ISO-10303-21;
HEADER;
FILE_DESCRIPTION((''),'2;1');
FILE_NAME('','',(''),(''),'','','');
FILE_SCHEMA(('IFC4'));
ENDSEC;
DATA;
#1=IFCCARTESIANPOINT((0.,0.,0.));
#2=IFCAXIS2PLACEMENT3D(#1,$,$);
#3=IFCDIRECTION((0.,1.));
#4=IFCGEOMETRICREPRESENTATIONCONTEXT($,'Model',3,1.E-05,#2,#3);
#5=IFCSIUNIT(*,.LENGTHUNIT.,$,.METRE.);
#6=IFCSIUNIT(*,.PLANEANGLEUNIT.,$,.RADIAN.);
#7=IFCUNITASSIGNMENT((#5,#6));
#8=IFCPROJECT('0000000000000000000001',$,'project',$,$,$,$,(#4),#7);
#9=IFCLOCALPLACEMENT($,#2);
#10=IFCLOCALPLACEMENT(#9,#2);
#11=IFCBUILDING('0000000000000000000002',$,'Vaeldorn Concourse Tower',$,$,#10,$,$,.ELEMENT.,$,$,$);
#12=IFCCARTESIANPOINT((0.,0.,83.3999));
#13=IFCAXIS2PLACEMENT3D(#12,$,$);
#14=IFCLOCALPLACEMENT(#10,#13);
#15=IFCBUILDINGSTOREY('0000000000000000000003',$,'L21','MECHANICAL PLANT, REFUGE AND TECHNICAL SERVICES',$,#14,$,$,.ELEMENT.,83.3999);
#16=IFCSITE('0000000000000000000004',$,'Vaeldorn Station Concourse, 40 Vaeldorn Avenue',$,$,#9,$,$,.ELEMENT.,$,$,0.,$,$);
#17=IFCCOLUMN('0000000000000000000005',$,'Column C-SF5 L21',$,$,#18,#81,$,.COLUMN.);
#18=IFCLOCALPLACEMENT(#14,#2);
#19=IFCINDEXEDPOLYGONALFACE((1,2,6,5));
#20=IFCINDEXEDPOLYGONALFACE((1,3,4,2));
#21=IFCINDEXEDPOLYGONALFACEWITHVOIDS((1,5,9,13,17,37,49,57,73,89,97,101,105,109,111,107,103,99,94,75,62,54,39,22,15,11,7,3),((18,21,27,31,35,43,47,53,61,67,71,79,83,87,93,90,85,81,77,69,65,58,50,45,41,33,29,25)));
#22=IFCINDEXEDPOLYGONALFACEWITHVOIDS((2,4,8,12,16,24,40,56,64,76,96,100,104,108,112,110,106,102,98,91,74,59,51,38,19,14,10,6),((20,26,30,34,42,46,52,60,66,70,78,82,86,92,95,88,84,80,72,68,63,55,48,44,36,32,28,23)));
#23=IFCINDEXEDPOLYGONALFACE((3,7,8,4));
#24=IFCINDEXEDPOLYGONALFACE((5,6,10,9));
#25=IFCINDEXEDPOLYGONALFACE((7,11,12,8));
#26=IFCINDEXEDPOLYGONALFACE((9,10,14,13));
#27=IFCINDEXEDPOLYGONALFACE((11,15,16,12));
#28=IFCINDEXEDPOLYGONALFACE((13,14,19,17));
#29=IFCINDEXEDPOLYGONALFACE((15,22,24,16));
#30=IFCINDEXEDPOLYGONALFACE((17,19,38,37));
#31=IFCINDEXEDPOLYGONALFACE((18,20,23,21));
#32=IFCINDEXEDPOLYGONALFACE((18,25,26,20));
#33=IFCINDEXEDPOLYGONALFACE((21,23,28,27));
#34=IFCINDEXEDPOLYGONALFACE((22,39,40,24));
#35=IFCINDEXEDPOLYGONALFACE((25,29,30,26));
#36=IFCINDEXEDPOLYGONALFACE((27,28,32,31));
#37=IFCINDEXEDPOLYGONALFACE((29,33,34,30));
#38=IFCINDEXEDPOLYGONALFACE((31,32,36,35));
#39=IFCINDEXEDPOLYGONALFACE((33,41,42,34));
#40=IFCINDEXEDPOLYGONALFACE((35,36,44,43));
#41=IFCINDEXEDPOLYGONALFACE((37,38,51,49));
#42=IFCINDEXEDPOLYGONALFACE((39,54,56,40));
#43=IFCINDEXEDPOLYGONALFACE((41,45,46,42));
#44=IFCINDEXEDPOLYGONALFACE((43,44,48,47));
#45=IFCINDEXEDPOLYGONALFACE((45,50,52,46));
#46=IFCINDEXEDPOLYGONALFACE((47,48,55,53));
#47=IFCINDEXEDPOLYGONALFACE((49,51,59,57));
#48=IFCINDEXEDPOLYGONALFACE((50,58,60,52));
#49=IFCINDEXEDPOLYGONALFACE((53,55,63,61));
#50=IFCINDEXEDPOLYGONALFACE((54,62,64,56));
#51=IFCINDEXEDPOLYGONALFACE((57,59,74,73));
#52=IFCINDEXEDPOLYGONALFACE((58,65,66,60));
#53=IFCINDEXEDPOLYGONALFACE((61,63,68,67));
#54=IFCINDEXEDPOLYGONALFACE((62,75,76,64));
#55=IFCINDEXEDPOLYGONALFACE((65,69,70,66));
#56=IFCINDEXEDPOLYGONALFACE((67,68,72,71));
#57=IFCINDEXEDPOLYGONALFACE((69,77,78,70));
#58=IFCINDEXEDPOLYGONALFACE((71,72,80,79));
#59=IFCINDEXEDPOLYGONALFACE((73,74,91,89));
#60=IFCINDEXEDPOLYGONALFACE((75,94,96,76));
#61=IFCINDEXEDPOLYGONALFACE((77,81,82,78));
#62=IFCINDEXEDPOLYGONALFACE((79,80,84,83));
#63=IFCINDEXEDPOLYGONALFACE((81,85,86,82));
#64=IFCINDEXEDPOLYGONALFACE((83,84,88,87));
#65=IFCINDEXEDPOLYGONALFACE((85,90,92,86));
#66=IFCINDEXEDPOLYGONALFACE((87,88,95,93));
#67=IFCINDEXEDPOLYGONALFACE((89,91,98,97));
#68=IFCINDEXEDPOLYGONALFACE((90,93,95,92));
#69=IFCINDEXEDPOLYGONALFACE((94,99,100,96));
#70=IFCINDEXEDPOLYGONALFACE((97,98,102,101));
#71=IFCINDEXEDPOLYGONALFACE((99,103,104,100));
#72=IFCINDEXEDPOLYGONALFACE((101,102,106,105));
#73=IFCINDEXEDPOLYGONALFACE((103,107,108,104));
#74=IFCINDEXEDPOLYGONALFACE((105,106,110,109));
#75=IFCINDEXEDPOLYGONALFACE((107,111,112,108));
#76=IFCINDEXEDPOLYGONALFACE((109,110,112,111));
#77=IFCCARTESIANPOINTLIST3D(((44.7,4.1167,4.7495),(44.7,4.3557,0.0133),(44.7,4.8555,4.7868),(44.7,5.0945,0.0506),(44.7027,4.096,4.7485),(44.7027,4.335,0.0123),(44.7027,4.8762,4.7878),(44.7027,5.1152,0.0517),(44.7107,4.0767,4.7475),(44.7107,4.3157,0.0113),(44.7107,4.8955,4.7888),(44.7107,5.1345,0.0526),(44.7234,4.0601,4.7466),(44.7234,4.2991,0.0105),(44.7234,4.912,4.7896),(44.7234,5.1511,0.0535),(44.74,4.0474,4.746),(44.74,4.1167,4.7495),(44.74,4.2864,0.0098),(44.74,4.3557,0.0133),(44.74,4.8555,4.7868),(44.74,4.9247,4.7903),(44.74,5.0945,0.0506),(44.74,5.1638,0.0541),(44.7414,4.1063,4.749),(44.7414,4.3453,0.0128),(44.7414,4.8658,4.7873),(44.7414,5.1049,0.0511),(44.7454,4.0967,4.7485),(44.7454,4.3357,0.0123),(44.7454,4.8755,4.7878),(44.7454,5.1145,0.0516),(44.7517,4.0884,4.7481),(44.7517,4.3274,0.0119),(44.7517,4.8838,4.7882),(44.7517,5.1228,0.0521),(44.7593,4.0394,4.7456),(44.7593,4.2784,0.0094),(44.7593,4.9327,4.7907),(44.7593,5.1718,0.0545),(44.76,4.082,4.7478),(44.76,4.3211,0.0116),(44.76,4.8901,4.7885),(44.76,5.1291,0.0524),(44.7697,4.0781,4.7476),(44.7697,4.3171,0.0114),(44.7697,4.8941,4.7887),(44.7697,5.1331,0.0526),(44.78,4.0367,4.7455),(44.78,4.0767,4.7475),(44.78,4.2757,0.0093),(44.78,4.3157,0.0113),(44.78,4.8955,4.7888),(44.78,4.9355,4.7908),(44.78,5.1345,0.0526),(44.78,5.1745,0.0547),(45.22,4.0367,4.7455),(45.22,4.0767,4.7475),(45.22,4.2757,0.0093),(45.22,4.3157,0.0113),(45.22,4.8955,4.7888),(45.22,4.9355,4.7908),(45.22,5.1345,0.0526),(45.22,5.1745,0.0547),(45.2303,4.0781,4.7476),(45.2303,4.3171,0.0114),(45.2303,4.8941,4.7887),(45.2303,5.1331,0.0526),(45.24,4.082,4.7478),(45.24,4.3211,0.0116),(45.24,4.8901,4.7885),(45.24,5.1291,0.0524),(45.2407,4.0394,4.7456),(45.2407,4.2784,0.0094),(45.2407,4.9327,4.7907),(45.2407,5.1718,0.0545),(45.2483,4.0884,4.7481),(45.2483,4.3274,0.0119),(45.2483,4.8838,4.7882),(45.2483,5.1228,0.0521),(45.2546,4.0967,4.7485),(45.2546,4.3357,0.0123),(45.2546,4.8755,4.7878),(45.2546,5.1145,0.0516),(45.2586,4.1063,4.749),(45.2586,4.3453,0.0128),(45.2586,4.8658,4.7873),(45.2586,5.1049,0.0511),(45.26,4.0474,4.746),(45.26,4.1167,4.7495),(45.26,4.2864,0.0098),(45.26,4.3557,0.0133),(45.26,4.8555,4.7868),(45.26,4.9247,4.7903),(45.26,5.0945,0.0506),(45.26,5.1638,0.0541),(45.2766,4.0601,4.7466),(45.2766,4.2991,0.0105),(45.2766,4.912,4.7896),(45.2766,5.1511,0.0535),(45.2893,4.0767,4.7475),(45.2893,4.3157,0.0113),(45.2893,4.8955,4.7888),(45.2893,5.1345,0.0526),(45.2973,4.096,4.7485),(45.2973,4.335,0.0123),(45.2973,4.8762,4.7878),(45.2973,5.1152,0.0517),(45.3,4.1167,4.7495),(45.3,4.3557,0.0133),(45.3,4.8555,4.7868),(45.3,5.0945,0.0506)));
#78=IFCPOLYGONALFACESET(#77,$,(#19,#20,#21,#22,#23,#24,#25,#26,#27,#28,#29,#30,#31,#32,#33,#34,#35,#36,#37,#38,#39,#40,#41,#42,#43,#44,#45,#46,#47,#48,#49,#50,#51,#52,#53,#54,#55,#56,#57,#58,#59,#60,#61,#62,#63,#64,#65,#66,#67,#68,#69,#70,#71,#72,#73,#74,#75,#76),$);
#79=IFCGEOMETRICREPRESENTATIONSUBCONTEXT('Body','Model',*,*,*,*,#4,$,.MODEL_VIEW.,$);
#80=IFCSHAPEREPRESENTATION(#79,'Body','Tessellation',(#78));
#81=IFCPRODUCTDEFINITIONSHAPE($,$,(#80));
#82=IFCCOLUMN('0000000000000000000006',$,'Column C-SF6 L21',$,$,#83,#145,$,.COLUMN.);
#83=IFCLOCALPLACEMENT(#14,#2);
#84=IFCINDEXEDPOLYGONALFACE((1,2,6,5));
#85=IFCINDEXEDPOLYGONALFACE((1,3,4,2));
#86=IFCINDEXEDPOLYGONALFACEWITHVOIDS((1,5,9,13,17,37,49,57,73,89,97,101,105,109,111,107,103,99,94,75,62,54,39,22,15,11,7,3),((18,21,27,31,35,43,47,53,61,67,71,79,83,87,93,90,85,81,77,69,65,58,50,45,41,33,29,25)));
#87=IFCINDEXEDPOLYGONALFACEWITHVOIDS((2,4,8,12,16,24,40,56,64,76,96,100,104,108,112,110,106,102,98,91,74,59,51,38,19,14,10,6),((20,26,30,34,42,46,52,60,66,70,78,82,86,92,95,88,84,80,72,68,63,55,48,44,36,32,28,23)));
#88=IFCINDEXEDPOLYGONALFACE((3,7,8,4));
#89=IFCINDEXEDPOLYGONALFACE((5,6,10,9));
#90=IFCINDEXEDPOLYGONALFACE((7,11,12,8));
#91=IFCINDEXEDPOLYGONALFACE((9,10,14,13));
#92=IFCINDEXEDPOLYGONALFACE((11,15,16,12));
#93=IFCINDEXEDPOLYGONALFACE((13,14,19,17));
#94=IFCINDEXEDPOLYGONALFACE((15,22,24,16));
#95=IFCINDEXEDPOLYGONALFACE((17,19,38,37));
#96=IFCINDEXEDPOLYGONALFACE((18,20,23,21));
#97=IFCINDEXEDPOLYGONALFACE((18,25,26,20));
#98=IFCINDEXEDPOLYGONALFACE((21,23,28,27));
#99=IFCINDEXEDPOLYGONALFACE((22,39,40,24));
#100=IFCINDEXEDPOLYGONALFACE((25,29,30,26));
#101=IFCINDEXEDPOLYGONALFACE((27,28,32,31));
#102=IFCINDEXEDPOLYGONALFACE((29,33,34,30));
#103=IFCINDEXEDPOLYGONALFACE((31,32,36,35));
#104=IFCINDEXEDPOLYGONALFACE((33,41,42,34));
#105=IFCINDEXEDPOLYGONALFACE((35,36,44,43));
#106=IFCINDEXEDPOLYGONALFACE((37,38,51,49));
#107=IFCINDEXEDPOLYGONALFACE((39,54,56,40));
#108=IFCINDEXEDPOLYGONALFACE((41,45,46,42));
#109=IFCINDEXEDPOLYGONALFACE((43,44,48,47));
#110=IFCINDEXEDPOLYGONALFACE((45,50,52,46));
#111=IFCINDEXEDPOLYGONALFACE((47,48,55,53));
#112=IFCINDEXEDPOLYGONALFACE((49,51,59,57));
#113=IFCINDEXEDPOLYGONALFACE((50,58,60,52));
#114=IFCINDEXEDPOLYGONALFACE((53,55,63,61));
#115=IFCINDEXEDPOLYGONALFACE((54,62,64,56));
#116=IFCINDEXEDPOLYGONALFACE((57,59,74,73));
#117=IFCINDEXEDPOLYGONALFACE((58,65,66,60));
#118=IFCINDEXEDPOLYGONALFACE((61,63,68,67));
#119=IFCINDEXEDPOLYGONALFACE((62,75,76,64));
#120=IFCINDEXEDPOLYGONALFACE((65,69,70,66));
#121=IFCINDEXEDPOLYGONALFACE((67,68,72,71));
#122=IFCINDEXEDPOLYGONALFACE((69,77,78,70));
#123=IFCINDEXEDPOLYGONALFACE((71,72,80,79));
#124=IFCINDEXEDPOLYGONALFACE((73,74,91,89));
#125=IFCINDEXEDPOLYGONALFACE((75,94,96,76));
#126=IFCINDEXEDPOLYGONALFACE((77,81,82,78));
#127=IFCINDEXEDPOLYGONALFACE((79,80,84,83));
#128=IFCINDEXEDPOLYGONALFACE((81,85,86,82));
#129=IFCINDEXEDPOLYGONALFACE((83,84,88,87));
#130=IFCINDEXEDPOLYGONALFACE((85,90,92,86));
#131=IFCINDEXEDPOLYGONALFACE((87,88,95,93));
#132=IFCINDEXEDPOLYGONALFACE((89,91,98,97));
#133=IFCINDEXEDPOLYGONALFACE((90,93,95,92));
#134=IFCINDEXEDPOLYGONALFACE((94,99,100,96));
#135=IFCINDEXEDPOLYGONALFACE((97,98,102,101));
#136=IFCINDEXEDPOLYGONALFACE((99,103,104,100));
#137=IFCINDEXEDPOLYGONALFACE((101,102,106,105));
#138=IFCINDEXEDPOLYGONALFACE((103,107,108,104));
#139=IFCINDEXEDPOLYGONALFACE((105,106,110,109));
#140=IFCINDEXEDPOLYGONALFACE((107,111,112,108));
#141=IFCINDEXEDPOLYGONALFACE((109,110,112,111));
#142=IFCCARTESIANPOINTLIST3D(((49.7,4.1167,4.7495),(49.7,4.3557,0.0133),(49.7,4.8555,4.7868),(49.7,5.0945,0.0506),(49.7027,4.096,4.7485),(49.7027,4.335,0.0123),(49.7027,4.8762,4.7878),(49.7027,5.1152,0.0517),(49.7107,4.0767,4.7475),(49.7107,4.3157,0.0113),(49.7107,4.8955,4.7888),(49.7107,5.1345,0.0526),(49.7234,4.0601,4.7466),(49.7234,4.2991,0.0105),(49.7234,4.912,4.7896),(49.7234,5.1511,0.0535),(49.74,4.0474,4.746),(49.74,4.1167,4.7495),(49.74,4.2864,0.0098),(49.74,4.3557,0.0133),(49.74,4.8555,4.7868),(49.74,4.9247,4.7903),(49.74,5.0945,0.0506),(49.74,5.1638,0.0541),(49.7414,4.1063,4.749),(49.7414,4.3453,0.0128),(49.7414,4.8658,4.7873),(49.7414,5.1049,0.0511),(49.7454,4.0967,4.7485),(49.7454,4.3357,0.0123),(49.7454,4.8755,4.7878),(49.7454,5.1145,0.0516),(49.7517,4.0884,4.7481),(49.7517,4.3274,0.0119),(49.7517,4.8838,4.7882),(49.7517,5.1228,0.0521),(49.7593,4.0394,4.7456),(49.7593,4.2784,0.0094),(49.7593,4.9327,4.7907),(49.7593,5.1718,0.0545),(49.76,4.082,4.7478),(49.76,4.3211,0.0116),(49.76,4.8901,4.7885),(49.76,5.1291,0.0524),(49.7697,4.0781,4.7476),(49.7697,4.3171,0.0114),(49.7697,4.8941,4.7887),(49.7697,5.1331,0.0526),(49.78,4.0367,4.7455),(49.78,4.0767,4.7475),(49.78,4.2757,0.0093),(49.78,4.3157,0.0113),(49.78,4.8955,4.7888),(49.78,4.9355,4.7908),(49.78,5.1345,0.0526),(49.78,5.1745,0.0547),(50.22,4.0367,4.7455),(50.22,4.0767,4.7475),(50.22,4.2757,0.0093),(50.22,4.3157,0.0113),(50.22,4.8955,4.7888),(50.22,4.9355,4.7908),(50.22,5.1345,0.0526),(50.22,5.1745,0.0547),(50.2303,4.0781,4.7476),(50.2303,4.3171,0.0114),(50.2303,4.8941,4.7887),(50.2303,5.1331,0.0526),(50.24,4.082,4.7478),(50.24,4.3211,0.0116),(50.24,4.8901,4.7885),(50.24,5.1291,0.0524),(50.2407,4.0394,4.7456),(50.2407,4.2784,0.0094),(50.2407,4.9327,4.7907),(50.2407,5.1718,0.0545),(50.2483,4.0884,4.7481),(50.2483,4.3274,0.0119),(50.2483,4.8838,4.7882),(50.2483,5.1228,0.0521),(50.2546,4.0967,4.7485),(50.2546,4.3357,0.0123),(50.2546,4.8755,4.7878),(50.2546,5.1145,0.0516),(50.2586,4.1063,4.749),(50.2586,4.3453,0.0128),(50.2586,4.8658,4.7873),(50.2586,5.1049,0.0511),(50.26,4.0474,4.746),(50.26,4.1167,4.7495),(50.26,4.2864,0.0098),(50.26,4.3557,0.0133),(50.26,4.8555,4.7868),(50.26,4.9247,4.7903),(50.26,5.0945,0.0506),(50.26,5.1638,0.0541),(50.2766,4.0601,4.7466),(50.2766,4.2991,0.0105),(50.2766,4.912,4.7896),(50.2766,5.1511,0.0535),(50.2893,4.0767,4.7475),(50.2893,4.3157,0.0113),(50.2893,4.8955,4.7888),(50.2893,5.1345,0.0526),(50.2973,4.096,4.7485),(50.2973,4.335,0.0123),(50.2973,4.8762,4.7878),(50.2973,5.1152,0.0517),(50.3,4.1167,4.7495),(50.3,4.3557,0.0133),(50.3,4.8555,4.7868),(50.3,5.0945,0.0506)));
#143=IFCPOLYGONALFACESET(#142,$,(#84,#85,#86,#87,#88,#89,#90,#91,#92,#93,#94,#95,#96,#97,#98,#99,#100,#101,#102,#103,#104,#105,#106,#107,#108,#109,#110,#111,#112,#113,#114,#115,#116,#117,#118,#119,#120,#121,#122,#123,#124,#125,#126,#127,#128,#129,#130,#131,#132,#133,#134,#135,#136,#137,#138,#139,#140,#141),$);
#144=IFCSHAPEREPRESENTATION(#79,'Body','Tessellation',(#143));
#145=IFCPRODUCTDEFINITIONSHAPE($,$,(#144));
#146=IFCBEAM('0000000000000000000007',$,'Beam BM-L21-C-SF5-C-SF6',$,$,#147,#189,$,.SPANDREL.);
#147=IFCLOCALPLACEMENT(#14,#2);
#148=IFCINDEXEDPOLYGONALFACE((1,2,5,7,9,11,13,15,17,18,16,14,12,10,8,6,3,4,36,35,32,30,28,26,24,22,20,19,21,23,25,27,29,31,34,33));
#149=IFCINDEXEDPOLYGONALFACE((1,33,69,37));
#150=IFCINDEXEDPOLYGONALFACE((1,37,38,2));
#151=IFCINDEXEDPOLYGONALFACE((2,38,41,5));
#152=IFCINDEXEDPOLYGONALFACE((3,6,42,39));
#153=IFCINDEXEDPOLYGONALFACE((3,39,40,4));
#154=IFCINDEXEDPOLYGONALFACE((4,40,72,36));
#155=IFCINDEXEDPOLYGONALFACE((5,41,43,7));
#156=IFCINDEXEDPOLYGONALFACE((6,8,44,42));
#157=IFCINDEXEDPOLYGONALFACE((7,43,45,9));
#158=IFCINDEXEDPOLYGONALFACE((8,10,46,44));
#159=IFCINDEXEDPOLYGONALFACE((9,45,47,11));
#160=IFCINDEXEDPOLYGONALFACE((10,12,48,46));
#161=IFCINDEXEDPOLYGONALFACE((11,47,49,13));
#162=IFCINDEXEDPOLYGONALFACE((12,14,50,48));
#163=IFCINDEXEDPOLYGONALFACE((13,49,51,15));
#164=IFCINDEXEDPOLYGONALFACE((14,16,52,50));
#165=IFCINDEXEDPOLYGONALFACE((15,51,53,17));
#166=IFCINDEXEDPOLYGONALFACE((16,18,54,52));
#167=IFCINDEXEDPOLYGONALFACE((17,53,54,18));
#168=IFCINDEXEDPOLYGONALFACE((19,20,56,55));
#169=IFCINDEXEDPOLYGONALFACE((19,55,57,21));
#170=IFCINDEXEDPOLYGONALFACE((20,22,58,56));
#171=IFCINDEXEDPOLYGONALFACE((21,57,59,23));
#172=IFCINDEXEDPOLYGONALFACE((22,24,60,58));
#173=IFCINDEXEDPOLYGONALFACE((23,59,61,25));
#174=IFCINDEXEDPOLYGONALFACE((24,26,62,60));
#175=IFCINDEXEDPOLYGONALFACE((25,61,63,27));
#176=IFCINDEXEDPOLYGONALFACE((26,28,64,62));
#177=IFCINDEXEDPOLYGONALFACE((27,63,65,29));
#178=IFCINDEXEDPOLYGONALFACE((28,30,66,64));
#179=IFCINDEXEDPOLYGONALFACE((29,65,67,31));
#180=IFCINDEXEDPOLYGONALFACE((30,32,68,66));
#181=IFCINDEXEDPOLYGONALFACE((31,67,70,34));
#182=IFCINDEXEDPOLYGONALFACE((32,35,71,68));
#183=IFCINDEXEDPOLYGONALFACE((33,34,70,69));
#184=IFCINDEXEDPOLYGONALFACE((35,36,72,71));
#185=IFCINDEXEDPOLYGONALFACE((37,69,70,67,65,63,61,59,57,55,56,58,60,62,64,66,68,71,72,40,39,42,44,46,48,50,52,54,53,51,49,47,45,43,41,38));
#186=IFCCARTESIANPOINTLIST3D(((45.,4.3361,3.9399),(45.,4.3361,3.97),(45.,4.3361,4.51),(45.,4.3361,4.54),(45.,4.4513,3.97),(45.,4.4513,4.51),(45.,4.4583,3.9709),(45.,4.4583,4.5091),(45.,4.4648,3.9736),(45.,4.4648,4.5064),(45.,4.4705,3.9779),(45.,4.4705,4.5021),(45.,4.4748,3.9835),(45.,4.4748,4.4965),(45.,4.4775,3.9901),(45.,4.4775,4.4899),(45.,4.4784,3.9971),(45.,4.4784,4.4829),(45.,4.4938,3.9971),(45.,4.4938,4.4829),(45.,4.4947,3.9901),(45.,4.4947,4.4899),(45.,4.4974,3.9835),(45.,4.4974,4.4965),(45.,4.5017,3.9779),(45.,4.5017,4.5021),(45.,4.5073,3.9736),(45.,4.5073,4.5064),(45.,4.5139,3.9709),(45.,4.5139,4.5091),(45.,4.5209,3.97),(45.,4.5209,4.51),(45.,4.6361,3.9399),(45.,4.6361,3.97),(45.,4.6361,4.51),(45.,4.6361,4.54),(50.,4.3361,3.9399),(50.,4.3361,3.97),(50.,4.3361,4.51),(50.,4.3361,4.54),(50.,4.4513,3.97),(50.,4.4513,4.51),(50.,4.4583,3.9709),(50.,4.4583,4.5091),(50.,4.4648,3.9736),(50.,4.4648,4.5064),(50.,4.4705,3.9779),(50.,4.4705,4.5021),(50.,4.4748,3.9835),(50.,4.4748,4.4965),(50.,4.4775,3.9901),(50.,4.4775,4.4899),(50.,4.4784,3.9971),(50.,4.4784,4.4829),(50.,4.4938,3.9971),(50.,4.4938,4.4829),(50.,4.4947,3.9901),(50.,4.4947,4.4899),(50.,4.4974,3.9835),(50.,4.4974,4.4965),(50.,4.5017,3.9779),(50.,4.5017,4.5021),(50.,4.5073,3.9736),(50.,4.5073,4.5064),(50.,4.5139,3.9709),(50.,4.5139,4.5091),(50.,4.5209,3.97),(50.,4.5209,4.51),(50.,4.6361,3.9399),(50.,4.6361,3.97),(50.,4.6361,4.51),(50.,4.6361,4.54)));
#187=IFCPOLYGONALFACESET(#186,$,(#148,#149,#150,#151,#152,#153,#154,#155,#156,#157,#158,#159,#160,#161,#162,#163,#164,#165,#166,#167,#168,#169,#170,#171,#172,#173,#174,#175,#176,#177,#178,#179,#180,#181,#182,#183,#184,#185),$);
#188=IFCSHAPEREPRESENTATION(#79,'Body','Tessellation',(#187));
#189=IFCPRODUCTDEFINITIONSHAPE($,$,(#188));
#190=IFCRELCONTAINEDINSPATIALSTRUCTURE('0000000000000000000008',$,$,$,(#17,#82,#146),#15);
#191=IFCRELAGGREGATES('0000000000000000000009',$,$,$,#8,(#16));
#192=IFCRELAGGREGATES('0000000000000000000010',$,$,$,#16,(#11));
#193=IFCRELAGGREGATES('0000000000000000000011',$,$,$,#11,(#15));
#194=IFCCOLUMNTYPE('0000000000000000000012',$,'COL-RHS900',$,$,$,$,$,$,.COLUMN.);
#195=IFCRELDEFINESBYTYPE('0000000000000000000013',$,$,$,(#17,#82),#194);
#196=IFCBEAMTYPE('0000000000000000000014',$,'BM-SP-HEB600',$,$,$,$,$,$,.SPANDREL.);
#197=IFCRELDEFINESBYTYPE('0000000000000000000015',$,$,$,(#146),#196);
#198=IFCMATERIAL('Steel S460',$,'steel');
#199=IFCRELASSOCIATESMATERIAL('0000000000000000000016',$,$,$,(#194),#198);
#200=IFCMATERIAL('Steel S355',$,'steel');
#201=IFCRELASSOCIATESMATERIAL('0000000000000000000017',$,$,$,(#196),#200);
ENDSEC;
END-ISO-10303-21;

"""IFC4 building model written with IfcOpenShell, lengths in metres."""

from ifc_helpers import new_model, si_unit, direction, frame, origin, origin_2d, place, context, subcontext, project, spatial, hollow_rectangle, i_section, extrude, source, transform, mapped, material, material_profile, profile_set, type_object, element, save


model = new_model("IFC4")

# Units and contexts
model_context = context("Model", 3, precision=1e-05, world=origin(), true_north=direction((0.0, 1.0)))
body_context = subcontext(model_context, "Body", "Model", "MODEL_VIEW")
ifc_project = project(units=[si_unit("LENGTHUNIT", "METRE"), si_unit("PLANEANGLEUNIT", "RADIAN")], contexts=[model_context])

# Site, building, storey
site_placement = place(None, origin())
site = spatial("IfcSite", under=ifc_project, at=site_placement, Name="Vaeldorn Station Concourse, 40 Vaeldorn Avenue", CompositionType="ELEMENT", RefElevation=0.0)
building_placement = place(site_placement, origin())
building = spatial("IfcBuilding", under=site, at=building_placement, Name="Vaeldorn Concourse Tower", CompositionType="ELEMENT")
storey_placement = place(building_placement, frame((0.0, 0.0, 83.3999)))
storey = spatial("IfcBuildingStorey", under=building, at=storey_placement, Name="L21", Description="MECHANICAL PLANT, REFUGE AND TECHNICAL SERVICES", CompositionType="ELEMENT", Elevation=83.3999)

# Columns
ifc_material_1 = material(Name="Steel S460", Category="steel")
ifc_material_profile_1 = material_profile(ifc_material_1, hollow_rectangle(XDim=0.6001, YDim=0.8999, WallThickness=0.04, InnerFilletRadius=0.04, OuterFilletRadius=0.0801, at=origin_2d()), Name="RHS 900x600x40")
ifc_profile_set_1 = profile_set([ifc_material_profile_1], Name="Steel S460")
column_type = type_object("IfcColumnType", Name="COL-RHS900", PredefinedType="COLUMN", material=ifc_profile_set_1)
shared_shape_1 = source(origin(), body_context, "Body", "SweptSolid", [
    extrude(hollow_rectangle(XDim=0.6001, YDim=0.8999, WallThickness=0.04, InnerFilletRadius=0.04, OuterFilletRadius=0.0801, at=origin_2d()), origin(), (0.0, 0.0, 1.0), 4.7422),
])
for number, where, z_axis, x_axis, name in (
    (1, (45.0, 4.7251, 0.032), (0.0, -0.050402, 0.998729), (1.0, 0.0, 0.0), "Column C-SF5 L21"),
    (2, (50.0, 4.7251, 0.032), (0.0, -0.050402, 0.998729), (1.0, 0.0, 0.0), "Column C-SF6 L21"),
):
    element("IfcColumn", number, at=place(storey_placement, frame(where, z_axis=z_axis, x_axis=x_axis)), inside=storey, type_object=column_type, Name=name, PredefinedType="COLUMN", context=body_context, shape_type="MappedRepresentation", body=[
        mapped(shared_shape_1, transform((0.0, 0.0, 0.0), scale=1.0)),
    ])

# Beam
ifc_material_2 = material(Name="Steel S355", Category="steel")
ifc_material_profile_2 = material_profile(ifc_material_2, i_section(OverallWidth=0.3, OverallDepth=0.6001, WebThickness=0.0154, FlangeThickness=0.03, FilletRadius=0.0271, at=origin_2d()), Name="HEB 600")
ifc_profile_set_2 = profile_set([ifc_material_profile_2], Name="Steel S355")
beam_type_1 = type_object("IfcBeamType", Name="BM-SP-HEB600", PredefinedType="SPANDREL", material=ifc_profile_set_2)
shared_shape_2 = source(origin(), body_context, "Body", "SweptSolid", [
    extrude(i_section(OverallWidth=0.3, OverallDepth=0.6001, WebThickness=0.0154, FlangeThickness=0.03, FilletRadius=0.0271, at=origin_2d()), origin(), (0.0, 0.0, 1.0), 5.0),
])
beam_1_placement = place(storey_placement, frame((45.0, 4.4861, 4.24), z_axis=(1.0, 0.0, 0.0), x_axis=(0.0, 1.0, 0.0)))
element("IfcBeam", 3, at=beam_1_placement, inside=storey, type_object=beam_type_1, Name="Beam BM-L21-C-SF5-C-SF6", PredefinedType="SPANDREL", context=body_context, shape_type="MappedRepresentation", body=[
    mapped(shared_shape_2, transform((0.0, 0.0, 0.0), scale=1.0)),
])

save(model, "model.ifc")
